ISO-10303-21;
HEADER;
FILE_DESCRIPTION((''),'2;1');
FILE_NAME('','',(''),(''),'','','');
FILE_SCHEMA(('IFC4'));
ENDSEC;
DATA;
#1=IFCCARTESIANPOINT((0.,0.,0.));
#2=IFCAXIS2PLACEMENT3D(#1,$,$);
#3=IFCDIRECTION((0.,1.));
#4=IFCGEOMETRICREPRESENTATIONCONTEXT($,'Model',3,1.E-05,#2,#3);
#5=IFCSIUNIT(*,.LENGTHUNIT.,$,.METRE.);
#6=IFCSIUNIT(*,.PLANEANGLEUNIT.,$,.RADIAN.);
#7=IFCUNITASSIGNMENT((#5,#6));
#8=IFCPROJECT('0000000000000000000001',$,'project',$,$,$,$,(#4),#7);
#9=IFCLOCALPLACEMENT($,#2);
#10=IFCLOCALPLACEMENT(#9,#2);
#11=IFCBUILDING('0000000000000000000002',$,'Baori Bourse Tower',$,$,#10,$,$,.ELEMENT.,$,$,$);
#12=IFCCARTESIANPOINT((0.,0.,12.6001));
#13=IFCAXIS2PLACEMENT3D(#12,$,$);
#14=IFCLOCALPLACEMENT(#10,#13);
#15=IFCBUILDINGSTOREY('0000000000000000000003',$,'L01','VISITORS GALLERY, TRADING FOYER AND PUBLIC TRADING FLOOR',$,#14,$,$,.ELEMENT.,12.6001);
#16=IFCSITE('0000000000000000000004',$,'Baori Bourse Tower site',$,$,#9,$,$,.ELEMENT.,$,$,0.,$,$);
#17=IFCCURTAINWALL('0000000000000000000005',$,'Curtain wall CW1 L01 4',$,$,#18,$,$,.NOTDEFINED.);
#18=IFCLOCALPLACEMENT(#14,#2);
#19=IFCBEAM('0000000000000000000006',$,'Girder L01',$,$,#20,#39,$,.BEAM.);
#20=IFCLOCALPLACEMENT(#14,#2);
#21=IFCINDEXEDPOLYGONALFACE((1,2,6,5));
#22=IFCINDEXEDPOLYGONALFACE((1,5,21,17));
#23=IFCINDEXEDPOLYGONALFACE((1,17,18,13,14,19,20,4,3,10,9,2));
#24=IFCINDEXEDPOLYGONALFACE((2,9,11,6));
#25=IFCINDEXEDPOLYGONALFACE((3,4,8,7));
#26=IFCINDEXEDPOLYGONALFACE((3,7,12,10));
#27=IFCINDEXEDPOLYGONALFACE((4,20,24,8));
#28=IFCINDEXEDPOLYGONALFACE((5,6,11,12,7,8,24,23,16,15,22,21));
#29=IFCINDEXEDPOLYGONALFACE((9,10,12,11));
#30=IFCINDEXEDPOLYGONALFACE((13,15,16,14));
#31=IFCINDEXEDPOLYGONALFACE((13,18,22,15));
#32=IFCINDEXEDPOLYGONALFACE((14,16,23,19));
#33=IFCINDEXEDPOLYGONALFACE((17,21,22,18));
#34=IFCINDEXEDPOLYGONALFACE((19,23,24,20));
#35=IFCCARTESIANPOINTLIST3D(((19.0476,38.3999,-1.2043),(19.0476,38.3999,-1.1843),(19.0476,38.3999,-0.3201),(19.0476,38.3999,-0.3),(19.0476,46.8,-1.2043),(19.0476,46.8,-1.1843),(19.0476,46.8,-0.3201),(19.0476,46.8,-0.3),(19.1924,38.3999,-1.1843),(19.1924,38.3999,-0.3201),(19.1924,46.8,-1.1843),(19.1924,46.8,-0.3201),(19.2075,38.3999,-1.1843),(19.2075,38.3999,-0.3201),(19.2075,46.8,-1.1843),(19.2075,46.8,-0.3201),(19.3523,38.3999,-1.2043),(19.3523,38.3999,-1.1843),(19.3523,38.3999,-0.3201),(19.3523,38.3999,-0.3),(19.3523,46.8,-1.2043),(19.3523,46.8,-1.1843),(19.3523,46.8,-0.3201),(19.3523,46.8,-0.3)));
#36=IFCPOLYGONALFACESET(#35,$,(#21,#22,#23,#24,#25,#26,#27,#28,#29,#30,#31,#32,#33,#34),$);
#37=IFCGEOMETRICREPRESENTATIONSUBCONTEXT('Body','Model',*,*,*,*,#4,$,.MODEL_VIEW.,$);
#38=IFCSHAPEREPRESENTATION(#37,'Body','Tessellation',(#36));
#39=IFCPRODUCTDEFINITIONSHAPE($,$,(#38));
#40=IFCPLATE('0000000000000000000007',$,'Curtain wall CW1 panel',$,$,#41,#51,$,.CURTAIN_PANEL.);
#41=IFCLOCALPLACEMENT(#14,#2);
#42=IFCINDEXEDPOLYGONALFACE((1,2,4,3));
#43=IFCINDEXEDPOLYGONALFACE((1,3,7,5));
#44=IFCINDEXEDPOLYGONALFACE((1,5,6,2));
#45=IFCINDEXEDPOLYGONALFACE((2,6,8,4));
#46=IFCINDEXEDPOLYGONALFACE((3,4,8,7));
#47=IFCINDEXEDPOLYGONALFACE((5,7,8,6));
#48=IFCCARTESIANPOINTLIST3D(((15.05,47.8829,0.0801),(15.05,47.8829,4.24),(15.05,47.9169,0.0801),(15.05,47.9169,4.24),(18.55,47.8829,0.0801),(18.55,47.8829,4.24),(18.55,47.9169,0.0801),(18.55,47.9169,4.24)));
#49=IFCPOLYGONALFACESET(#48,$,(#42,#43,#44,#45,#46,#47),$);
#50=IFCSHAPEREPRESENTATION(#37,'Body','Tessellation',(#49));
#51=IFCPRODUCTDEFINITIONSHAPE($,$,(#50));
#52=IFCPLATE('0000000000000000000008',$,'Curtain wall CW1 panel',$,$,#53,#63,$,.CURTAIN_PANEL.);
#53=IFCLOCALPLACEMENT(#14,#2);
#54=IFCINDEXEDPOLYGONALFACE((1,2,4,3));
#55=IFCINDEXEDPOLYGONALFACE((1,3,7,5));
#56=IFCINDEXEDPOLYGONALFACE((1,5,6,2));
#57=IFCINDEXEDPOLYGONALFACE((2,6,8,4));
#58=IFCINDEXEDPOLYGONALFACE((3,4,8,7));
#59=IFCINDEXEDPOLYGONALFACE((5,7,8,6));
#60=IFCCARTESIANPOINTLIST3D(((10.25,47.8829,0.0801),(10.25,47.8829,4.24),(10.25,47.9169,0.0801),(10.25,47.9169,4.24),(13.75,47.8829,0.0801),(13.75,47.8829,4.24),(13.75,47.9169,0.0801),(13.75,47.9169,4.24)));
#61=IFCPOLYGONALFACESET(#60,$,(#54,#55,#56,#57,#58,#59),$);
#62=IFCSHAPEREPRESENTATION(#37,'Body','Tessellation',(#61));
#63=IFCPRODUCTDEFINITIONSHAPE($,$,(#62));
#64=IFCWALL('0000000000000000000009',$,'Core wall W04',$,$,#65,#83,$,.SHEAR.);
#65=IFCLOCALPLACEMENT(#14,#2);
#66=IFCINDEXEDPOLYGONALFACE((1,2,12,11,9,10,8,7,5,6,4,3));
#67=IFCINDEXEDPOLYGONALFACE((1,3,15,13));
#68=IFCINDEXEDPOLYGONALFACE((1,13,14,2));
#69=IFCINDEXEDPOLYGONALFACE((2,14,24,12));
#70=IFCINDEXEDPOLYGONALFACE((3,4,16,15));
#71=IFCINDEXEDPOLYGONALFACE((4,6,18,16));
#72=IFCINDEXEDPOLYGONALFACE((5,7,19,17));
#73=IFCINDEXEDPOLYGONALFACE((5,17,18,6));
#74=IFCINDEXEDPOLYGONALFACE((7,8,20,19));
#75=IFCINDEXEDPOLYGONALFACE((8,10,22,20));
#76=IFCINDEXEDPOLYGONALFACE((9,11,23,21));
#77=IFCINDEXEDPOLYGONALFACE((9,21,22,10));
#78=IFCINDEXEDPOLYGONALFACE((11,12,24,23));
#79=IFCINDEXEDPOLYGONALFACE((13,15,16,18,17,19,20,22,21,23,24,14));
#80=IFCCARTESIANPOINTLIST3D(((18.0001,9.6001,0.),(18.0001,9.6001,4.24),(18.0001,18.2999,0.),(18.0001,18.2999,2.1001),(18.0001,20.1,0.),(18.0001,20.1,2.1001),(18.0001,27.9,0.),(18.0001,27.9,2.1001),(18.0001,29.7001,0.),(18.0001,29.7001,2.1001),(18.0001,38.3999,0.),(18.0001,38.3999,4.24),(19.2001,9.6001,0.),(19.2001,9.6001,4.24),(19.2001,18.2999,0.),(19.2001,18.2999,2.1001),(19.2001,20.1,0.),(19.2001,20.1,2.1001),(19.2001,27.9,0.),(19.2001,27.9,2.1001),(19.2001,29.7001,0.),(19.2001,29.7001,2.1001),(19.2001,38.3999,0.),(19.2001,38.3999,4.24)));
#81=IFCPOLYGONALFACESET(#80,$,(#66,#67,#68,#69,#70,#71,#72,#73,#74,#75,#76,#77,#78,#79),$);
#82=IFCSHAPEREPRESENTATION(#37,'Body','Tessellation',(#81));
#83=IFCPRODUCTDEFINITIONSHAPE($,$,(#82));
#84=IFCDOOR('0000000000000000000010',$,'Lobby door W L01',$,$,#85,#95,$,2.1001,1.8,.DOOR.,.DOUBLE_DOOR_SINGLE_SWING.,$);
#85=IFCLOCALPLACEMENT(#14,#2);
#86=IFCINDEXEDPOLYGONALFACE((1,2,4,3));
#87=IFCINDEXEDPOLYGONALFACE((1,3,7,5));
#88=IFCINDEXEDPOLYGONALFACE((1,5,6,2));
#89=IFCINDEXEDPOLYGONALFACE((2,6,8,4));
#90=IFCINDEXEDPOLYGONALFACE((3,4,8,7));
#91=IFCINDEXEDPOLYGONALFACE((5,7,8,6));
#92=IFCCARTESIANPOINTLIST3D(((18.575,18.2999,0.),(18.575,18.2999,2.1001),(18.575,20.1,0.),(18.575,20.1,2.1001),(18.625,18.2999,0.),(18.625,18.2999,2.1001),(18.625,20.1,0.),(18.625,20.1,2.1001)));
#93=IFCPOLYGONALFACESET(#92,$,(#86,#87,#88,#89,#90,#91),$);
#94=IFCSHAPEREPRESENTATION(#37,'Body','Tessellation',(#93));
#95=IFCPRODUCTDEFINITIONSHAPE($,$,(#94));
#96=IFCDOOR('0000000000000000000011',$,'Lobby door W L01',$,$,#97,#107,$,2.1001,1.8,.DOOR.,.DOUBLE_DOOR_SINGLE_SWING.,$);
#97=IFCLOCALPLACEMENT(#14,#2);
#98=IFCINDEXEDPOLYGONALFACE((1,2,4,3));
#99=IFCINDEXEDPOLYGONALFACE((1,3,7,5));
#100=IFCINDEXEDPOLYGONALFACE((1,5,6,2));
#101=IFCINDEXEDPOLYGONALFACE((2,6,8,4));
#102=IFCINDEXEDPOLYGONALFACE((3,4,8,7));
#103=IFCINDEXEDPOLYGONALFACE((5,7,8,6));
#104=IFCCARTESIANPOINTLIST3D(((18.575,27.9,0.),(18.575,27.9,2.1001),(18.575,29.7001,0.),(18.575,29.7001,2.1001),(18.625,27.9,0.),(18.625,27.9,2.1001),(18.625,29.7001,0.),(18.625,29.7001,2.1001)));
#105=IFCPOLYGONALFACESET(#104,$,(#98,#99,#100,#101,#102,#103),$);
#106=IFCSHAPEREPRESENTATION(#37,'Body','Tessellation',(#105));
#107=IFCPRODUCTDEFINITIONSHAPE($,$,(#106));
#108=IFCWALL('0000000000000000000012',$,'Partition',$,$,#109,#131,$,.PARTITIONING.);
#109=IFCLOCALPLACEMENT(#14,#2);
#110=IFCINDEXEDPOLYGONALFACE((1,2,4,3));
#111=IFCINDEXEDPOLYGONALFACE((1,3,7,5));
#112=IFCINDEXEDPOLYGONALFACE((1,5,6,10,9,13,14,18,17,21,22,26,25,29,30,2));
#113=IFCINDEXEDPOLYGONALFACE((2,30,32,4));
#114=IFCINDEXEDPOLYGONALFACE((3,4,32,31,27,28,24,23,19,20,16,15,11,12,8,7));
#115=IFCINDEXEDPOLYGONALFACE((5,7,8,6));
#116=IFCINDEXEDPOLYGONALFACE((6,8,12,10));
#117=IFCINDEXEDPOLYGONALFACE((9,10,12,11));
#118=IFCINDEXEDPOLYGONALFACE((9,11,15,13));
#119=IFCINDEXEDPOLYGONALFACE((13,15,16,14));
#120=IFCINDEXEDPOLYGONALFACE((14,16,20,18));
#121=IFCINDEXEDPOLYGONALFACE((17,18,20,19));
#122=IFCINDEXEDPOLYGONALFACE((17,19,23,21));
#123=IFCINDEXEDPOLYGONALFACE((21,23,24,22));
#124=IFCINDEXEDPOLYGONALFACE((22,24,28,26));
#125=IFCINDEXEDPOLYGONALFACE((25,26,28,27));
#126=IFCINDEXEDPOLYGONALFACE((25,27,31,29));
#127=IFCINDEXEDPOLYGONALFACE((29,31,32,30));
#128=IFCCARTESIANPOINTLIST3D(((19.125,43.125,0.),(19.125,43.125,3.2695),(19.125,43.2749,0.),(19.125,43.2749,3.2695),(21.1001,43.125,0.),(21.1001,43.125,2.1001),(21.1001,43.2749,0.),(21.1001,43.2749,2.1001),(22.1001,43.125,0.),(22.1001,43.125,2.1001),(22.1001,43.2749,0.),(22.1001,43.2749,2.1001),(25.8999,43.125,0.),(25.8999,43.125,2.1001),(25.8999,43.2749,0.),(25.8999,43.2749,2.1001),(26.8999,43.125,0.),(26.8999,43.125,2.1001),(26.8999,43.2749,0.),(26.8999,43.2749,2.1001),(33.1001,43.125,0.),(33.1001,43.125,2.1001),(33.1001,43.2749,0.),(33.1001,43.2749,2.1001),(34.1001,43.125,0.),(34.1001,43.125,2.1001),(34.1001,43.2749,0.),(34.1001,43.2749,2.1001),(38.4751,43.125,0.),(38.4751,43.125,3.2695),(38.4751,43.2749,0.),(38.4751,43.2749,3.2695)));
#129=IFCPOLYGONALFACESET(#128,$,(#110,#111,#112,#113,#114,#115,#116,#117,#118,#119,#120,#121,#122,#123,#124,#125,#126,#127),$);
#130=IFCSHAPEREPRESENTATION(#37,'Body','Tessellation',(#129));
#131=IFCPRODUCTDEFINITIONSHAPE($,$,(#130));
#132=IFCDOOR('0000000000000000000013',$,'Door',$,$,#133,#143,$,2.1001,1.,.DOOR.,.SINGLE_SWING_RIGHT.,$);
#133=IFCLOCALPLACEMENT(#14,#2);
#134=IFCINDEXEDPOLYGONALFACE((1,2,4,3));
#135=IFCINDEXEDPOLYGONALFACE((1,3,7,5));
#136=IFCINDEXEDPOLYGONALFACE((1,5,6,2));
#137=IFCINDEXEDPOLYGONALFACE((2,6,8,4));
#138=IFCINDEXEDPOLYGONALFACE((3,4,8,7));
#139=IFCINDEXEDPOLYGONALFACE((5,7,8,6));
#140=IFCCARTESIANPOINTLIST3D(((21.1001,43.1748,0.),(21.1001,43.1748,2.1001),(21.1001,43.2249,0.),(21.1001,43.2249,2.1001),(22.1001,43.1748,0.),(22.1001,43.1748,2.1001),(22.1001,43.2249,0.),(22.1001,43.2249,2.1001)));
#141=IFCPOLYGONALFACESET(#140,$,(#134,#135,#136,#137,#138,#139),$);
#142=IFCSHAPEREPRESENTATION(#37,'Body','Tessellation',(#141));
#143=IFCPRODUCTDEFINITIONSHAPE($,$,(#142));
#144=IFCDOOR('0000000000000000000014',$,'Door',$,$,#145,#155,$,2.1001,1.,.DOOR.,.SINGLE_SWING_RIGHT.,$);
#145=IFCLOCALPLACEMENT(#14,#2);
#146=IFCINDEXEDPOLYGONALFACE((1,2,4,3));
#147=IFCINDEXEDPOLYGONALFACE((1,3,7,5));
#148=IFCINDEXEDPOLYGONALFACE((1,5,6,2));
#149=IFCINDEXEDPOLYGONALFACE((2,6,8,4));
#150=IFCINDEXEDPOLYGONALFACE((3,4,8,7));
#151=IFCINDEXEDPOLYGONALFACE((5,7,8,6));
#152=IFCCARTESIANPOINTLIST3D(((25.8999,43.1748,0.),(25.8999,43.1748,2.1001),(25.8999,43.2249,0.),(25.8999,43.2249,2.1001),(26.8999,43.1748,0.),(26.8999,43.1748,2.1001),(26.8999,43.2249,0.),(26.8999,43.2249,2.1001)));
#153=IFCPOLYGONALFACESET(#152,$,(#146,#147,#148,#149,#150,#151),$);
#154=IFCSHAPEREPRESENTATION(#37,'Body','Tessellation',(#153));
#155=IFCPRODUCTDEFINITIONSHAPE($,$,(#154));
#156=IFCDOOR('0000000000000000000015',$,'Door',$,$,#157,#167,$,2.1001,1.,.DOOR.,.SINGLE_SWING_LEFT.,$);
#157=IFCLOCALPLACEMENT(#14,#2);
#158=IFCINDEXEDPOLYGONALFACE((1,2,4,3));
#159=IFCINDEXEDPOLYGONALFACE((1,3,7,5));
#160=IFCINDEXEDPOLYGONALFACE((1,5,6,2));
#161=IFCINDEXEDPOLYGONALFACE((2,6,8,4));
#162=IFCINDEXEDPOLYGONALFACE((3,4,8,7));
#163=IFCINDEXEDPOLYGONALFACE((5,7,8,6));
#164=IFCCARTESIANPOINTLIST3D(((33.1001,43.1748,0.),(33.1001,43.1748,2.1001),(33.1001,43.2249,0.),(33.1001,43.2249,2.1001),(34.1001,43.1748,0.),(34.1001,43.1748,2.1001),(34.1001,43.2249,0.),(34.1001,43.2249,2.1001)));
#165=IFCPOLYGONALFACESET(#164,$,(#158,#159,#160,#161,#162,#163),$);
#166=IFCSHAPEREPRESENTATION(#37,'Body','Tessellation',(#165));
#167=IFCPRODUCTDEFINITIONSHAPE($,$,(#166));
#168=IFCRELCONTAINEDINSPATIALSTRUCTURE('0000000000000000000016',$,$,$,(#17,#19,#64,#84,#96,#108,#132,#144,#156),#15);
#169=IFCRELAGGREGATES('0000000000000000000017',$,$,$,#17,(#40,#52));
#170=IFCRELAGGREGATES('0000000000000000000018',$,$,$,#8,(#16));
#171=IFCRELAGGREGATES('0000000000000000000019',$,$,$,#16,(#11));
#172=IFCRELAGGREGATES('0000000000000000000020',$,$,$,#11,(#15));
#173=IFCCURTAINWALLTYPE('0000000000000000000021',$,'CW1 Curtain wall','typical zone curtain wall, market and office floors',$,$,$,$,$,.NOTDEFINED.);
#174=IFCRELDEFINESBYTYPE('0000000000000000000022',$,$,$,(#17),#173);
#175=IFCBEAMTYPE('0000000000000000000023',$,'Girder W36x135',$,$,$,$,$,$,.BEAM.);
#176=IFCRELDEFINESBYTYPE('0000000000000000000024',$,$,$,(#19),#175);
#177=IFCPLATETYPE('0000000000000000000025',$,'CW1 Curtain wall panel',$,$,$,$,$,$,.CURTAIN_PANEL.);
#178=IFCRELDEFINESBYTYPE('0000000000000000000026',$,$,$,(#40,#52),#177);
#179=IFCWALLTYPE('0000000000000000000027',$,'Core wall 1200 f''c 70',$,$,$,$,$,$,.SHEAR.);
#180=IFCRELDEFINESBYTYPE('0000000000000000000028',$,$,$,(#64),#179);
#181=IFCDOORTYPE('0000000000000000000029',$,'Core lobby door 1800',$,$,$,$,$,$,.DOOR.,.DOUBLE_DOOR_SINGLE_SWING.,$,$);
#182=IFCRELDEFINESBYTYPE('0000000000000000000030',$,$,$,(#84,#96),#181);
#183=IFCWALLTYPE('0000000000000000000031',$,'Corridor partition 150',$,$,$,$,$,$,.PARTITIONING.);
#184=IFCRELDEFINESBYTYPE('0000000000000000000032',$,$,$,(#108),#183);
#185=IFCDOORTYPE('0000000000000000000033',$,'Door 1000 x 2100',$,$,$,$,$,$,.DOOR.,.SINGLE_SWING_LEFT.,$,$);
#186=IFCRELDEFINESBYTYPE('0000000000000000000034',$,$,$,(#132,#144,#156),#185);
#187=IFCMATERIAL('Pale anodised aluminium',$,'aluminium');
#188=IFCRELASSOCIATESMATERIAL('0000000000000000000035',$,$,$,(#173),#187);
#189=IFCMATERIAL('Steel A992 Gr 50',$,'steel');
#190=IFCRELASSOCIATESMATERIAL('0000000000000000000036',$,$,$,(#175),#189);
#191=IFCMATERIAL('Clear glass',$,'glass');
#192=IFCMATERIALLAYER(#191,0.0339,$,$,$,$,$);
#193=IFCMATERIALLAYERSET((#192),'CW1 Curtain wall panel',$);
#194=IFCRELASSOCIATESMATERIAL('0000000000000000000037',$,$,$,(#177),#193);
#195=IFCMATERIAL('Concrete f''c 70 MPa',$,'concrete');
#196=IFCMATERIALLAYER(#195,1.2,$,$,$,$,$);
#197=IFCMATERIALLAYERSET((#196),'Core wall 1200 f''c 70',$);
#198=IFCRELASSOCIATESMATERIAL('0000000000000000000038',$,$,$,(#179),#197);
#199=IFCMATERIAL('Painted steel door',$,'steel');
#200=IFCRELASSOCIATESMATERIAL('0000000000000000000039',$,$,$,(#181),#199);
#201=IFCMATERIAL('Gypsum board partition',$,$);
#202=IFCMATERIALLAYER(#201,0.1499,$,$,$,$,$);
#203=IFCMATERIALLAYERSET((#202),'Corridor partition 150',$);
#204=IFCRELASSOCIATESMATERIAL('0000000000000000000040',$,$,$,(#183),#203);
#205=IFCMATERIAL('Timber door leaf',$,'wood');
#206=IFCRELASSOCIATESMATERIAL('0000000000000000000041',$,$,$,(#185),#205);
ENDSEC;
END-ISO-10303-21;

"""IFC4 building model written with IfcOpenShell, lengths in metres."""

from ifc_helpers import new_model, si_unit, direction, frame, frame_2d, origin, origin_2d, place, context, subcontext, project, spatial, rectangle, i_section, extrude, material, layer, layer_set, material_profile, profile_set, type_object, element, fill, aggregate, save


model = new_model("IFC4")

# Units and contexts
model_context = context("Model", 3, precision=1e-05, world=origin(), true_north=direction((0.0, 1.0)))
body_context = subcontext(model_context, "Body", "Model", "MODEL_VIEW")
ifc_project = project(units=[si_unit("LENGTHUNIT", "METRE"), si_unit("PLANEANGLEUNIT", "RADIAN")], contexts=[model_context])

# Site, building, storey
site_placement = place(None, origin())
site = spatial("IfcSite", under=ifc_project, at=site_placement, Name="Baori Bourse Tower site", CompositionType="ELEMENT", RefElevation=0.0)
building_placement = place(site_placement, origin())
building = spatial("IfcBuilding", under=site, at=building_placement, Name="Baori Bourse Tower", CompositionType="ELEMENT")
storey_placement = place(building_placement, frame((0.0, 0.0, 12.6001)))
storey = spatial("IfcBuildingStorey", under=building, at=storey_placement, Name="L01", Description="VISITORS GALLERY, TRADING FOYER AND PUBLIC TRADING FLOOR", CompositionType="ELEMENT", Elevation=12.6001)

# Curtain wall
ifc_material_1 = material(Name="Pale anodised aluminium", Category="aluminium")
curtain_wall_type_1 = type_object("IfcCurtainWallType", Name="CW1 Curtain wall", Description="typical zone curtain wall, market and office floors", PredefinedType="NOTDEFINED", material=ifc_material_1)
curtain_wall_1_placement = place(storey_placement, origin())
curtain_wall_1 = element("IfcCurtainWall", 1, at=curtain_wall_1_placement, inside=storey, type_object=curtain_wall_type_1, Name="Curtain wall CW1 L01 4", PredefinedType="NOTDEFINED")

# Beam
ifc_material_2 = material(Name="Steel A992 Gr 50", Category="steel")
ifc_material_profile_1 = material_profile(ifc_material_2, i_section(OverallWidth=0.3047, OverallDepth=0.9043, WebThickness=0.0151, FlangeThickness=0.02, at=origin_2d()), Name="W36x135")
ifc_profile_set_1 = profile_set([ifc_material_profile_1], Name="Steel A992 Gr 50")
beam_type_1 = type_object("IfcBeamType", Name="Girder W36x135", PredefinedType="BEAM", material=ifc_profile_set_1)
beam_1_placement = place(storey_placement, frame((19.2, 38.3999, -0.7522), z_axis=(0.0, 1.0, 0.0), x_axis=(-1.0, 0.0, 0.0)))
element("IfcBeam", 2, at=beam_1_placement, inside=storey, type_object=beam_type_1, Name="Girder L01", PredefinedType="BEAM", context=body_context, shape_type="SweptSolid", body=[
    extrude(i_section(OverallWidth=0.3047, OverallDepth=0.9043, WebThickness=0.0151, FlangeThickness=0.02, at=origin_2d()), origin(), (0.0, 0.0, 1.0), 8.4001),
])

# Plates
ifc_material_3 = material(Name="Clear glass", Category="glass")
ifc_layer_1 = layer(ifc_material_3, 0.0339)
ifc_layer_set_1 = layer_set([ifc_layer_1], Name="CW1 Curtain wall panel")
plate_type = type_object("IfcPlateType", Name="CW1 Curtain wall panel", PredefinedType="CURTAIN_PANEL", material=ifc_layer_set_1)
plate_1_placement = place(storey_placement, frame((16.8, 47.8999, 0.0801), z_axis=(0.0, 0.0, 1.0), x_axis=(-1.0, 0.0, 0.0)))
plate_1 = element("IfcPlate", 3, at=plate_1_placement, type_object=plate_type, Name="Curtain wall CW1 panel", PredefinedType="CURTAIN_PANEL", context=body_context, shape_type="SweptSolid", body=[
    extrude(rectangle(XDim=3.5, YDim=0.0339, at=origin_2d()), origin(), (0.0, 0.0, 1.0), 4.1599),
])
plate_2_placement = place(storey_placement, frame((12.0, 47.8999, 0.0801), z_axis=(0.0, 0.0, 1.0), x_axis=(-1.0, 0.0, 0.0)))
plate_2 = element("IfcPlate", 4, at=plate_2_placement, type_object=plate_type, Name="Curtain wall CW1 panel", PredefinedType="CURTAIN_PANEL", context=body_context, shape_type="SweptSolid", body=[
    extrude(rectangle(XDim=3.5, YDim=0.0339, at=origin_2d()), origin(), (0.0, 0.0, 1.0), 4.1599),
])
aggregate(curtain_wall_1, [plate_1, plate_2])

# Walls, openings, doors
ifc_material_4 = material(Name="Concrete f'c 70 MPa", Category="concrete")
ifc_layer_2 = layer(ifc_material_4, 1.2)
ifc_layer_set_2 = layer_set([ifc_layer_2], Name="Core wall 1200 f'c 70")
wall_type_1 = type_object("IfcWallType", Name="Core wall 1200 f'c 70", PredefinedType="SHEAR", material=ifc_layer_set_2)
wall_1_placement = place(storey_placement, frame((18.6001, 38.3999, 0.0), z_axis=(0.0, 0.0, 1.0), x_axis=(0.0, -1.0, 0.0)))
wall_1 = element("IfcWall", 5, at=wall_1_placement, inside=storey, type_object=wall_type_1, Name="Core wall W04", PredefinedType="SHEAR", context=body_context, shape_type="SweptSolid", body=[
    extrude(rectangle(XDim=28.7998, YDim=1.2, at=frame_2d((14.3999, 0.0))), origin(), (0.0, 0.0, 1.0), 4.24),
])
opening_1_placement = place(wall_1_placement, frame((18.3, 0.0, 0.0)))
opening_1 = element("IfcOpeningElement", 6, at=opening_1_placement, cuts=wall_1, PredefinedType="OPENING", context=body_context, shape_type="SweptSolid", body=[
    extrude(rectangle(XDim=1.8, YDim=2.1001, at=frame_2d((0.8999, 1.05))), frame((0.0, 0.6099, 0.0), z_axis=(0.0, -1.0, 0.0), x_axis=(1.0, 0.0, 0.0)), (0.0, 0.0, 1.0), 1.22),
])
opening_2_placement = place(wall_1_placement, frame((8.7, 0.0, 0.0)))
opening_2 = element("IfcOpeningElement", 7, at=opening_2_placement, cuts=wall_1, PredefinedType="OPENING", context=body_context, shape_type="SweptSolid", body=[
    extrude(rectangle(XDim=1.8, YDim=2.1001, at=frame_2d((0.8999, 1.05))), frame((0.0, 0.6099, 0.0), z_axis=(0.0, -1.0, 0.0), x_axis=(1.0, 0.0, 0.0)), (0.0, 0.0, 1.0), 1.22),
])
ifc_material_5 = material(Name="Painted steel door", Category="steel")
door_type_1 = type_object("IfcDoorType", Name="Core lobby door 1800", OperationType="DOUBLE_DOOR_SINGLE_SWING", PredefinedType="DOOR", material=ifc_material_5)
door_1_placement = place(opening_1_placement, origin())
door_1 = element("IfcDoor", 8, at=door_1_placement, inside=storey, type_object=door_type_1, Name="Lobby door W L01", OperationType="DOUBLE_DOOR_SINGLE_SWING", OverallHeight=2.1001, OverallWidth=1.8, PredefinedType="DOOR", context=body_context, shape_type="SweptSolid", body=[
    extrude(rectangle(XDim=1.8, YDim=2.1001, at=frame_2d((0.8999, 1.05))), frame((0.0, 0.0249, 0.0), z_axis=(0.0, -1.0, 0.0), x_axis=(1.0, 0.0, 0.0)), (0.0, 0.0, 1.0), 0.05),
])
fill(opening_1, door_1)
door_2_placement = place(opening_2_placement, origin())
door_2 = element("IfcDoor", 9, at=door_2_placement, inside=storey, type_object=door_type_1, Name="Lobby door W L01", OperationType="DOUBLE_DOOR_SINGLE_SWING", OverallHeight=2.1001, OverallWidth=1.8, PredefinedType="DOOR", context=body_context, shape_type="SweptSolid", body=[
    extrude(rectangle(XDim=1.8, YDim=2.1001, at=frame_2d((0.8999, 1.05))), frame((0.0, 0.0249, 0.0), z_axis=(0.0, -1.0, 0.0), x_axis=(1.0, 0.0, 0.0)), (0.0, 0.0, 1.0), 0.05),
])
fill(opening_2, door_2)
ifc_material_6 = material(Name="Gypsum board partition")
ifc_layer_3 = layer(ifc_material_6, 0.1499)
ifc_layer_set_3 = layer_set([ifc_layer_3], Name="Corridor partition 150")
wall_type_2 = type_object("IfcWallType", Name="Corridor partition 150", PredefinedType="PARTITIONING", material=ifc_layer_set_3)
wall_2_placement = place(storey_placement, frame((19.125, 43.2, 0.0), z_axis=(0.0, 0.0, 1.0), x_axis=(1.0, 0.0, 0.0)))
wall_2 = element("IfcWall", 10, at=wall_2_placement, inside=storey, type_object=wall_type_2, Name="Partition", PredefinedType="PARTITIONING", context=body_context, shape_type="SweptSolid", body=[
    extrude(rectangle(XDim=19.3501, YDim=0.1499, at=frame_2d((9.675, 0.0))), origin(), (0.0, 0.0, 1.0), 3.2695),
])
opening_3_placement = place(wall_2_placement, frame((1.9751, 0.0, 0.0)))
opening_3 = element("IfcOpeningElement", 11, at=opening_3_placement, cuts=wall_2, PredefinedType="OPENING", context=body_context, shape_type="SweptSolid", body=[
    extrude(rectangle(XDim=1.0, YDim=2.1001, at=frame_2d((0.5, 1.05))), frame((0.0, 0.085, 0.0), z_axis=(0.0, -1.0, 0.0), x_axis=(1.0, 0.0, 0.0)), (0.0, 0.0, 1.0), 0.1699),
])
opening_4_placement = place(wall_2_placement, frame((6.7749, 0.0, 0.0)))
opening_4 = element("IfcOpeningElement", 12, at=opening_4_placement, cuts=wall_2, PredefinedType="OPENING", context=body_context, shape_type="SweptSolid", body=[
    extrude(rectangle(XDim=1.0, YDim=2.1001, at=frame_2d((0.5, 1.05))), frame((0.0, 0.085, 0.0), z_axis=(0.0, -1.0, 0.0), x_axis=(1.0, 0.0, 0.0)), (0.0, 0.0, 1.0), 0.1699),
])
opening_5_placement = place(wall_2_placement, frame((13.9751, 0.0, 0.0)))
opening_5 = element("IfcOpeningElement", 13, at=opening_5_placement, cuts=wall_2, PredefinedType="OPENING", context=body_context, shape_type="SweptSolid", body=[
    extrude(rectangle(XDim=1.0, YDim=2.1001, at=frame_2d((0.5, 1.05))), frame((0.0, 0.085, 0.0), z_axis=(0.0, -1.0, 0.0), x_axis=(1.0, 0.0, 0.0)), (0.0, 0.0, 1.0), 0.1699),
])
ifc_material_7 = material(Name="Timber door leaf", Category="wood")
door_type_2 = type_object("IfcDoorType", Name="Door 1000 x 2100", OperationType="SINGLE_SWING_LEFT", PredefinedType="DOOR", material=ifc_material_7)
door_3_placement = place(opening_3_placement, origin())
door_3 = element("IfcDoor", 14, at=door_3_placement, inside=storey, type_object=door_type_2, Name="Door", OperationType="SINGLE_SWING_RIGHT", OverallHeight=2.1001, OverallWidth=1.0, PredefinedType="DOOR", context=body_context, shape_type="SweptSolid", body=[
    extrude(rectangle(XDim=1.0, YDim=2.1001, at=frame_2d((0.5, 1.05))), frame((0.0, 0.0249, 0.0), z_axis=(0.0, -1.0, 0.0), x_axis=(1.0, 0.0, 0.0)), (0.0, 0.0, 1.0), 0.05),
])
fill(opening_3, door_3)
door_4_placement = place(opening_4_placement, origin())
door_4 = element("IfcDoor", 15, at=door_4_placement, inside=storey, type_object=door_type_2, Name="Door", OperationType="SINGLE_SWING_RIGHT", OverallHeight=2.1001, OverallWidth=1.0, PredefinedType="DOOR", context=body_context, shape_type="SweptSolid", body=[
    extrude(rectangle(XDim=1.0, YDim=2.1001, at=frame_2d((0.5, 1.05))), frame((0.0, 0.0249, 0.0), z_axis=(0.0, -1.0, 0.0), x_axis=(1.0, 0.0, 0.0)), (0.0, 0.0, 1.0), 0.05),
])
fill(opening_4, door_4)
door_5_placement = place(opening_5_placement, origin())
door_5 = element("IfcDoor", 16, at=door_5_placement, inside=storey, type_object=door_type_2, Name="Door", OperationType="SINGLE_SWING_LEFT", OverallHeight=2.1001, OverallWidth=1.0, PredefinedType="DOOR", context=body_context, shape_type="SweptSolid", body=[
    extrude(rectangle(XDim=1.0, YDim=2.1001, at=frame_2d((0.5, 1.05))), frame((0.0, 0.0249, 0.0), z_axis=(0.0, -1.0, 0.0), x_axis=(1.0, 0.0, 0.0)), (0.0, 0.0, 1.0), 0.05),
])
fill(opening_5, door_5)

save(model, "model.ifc")
